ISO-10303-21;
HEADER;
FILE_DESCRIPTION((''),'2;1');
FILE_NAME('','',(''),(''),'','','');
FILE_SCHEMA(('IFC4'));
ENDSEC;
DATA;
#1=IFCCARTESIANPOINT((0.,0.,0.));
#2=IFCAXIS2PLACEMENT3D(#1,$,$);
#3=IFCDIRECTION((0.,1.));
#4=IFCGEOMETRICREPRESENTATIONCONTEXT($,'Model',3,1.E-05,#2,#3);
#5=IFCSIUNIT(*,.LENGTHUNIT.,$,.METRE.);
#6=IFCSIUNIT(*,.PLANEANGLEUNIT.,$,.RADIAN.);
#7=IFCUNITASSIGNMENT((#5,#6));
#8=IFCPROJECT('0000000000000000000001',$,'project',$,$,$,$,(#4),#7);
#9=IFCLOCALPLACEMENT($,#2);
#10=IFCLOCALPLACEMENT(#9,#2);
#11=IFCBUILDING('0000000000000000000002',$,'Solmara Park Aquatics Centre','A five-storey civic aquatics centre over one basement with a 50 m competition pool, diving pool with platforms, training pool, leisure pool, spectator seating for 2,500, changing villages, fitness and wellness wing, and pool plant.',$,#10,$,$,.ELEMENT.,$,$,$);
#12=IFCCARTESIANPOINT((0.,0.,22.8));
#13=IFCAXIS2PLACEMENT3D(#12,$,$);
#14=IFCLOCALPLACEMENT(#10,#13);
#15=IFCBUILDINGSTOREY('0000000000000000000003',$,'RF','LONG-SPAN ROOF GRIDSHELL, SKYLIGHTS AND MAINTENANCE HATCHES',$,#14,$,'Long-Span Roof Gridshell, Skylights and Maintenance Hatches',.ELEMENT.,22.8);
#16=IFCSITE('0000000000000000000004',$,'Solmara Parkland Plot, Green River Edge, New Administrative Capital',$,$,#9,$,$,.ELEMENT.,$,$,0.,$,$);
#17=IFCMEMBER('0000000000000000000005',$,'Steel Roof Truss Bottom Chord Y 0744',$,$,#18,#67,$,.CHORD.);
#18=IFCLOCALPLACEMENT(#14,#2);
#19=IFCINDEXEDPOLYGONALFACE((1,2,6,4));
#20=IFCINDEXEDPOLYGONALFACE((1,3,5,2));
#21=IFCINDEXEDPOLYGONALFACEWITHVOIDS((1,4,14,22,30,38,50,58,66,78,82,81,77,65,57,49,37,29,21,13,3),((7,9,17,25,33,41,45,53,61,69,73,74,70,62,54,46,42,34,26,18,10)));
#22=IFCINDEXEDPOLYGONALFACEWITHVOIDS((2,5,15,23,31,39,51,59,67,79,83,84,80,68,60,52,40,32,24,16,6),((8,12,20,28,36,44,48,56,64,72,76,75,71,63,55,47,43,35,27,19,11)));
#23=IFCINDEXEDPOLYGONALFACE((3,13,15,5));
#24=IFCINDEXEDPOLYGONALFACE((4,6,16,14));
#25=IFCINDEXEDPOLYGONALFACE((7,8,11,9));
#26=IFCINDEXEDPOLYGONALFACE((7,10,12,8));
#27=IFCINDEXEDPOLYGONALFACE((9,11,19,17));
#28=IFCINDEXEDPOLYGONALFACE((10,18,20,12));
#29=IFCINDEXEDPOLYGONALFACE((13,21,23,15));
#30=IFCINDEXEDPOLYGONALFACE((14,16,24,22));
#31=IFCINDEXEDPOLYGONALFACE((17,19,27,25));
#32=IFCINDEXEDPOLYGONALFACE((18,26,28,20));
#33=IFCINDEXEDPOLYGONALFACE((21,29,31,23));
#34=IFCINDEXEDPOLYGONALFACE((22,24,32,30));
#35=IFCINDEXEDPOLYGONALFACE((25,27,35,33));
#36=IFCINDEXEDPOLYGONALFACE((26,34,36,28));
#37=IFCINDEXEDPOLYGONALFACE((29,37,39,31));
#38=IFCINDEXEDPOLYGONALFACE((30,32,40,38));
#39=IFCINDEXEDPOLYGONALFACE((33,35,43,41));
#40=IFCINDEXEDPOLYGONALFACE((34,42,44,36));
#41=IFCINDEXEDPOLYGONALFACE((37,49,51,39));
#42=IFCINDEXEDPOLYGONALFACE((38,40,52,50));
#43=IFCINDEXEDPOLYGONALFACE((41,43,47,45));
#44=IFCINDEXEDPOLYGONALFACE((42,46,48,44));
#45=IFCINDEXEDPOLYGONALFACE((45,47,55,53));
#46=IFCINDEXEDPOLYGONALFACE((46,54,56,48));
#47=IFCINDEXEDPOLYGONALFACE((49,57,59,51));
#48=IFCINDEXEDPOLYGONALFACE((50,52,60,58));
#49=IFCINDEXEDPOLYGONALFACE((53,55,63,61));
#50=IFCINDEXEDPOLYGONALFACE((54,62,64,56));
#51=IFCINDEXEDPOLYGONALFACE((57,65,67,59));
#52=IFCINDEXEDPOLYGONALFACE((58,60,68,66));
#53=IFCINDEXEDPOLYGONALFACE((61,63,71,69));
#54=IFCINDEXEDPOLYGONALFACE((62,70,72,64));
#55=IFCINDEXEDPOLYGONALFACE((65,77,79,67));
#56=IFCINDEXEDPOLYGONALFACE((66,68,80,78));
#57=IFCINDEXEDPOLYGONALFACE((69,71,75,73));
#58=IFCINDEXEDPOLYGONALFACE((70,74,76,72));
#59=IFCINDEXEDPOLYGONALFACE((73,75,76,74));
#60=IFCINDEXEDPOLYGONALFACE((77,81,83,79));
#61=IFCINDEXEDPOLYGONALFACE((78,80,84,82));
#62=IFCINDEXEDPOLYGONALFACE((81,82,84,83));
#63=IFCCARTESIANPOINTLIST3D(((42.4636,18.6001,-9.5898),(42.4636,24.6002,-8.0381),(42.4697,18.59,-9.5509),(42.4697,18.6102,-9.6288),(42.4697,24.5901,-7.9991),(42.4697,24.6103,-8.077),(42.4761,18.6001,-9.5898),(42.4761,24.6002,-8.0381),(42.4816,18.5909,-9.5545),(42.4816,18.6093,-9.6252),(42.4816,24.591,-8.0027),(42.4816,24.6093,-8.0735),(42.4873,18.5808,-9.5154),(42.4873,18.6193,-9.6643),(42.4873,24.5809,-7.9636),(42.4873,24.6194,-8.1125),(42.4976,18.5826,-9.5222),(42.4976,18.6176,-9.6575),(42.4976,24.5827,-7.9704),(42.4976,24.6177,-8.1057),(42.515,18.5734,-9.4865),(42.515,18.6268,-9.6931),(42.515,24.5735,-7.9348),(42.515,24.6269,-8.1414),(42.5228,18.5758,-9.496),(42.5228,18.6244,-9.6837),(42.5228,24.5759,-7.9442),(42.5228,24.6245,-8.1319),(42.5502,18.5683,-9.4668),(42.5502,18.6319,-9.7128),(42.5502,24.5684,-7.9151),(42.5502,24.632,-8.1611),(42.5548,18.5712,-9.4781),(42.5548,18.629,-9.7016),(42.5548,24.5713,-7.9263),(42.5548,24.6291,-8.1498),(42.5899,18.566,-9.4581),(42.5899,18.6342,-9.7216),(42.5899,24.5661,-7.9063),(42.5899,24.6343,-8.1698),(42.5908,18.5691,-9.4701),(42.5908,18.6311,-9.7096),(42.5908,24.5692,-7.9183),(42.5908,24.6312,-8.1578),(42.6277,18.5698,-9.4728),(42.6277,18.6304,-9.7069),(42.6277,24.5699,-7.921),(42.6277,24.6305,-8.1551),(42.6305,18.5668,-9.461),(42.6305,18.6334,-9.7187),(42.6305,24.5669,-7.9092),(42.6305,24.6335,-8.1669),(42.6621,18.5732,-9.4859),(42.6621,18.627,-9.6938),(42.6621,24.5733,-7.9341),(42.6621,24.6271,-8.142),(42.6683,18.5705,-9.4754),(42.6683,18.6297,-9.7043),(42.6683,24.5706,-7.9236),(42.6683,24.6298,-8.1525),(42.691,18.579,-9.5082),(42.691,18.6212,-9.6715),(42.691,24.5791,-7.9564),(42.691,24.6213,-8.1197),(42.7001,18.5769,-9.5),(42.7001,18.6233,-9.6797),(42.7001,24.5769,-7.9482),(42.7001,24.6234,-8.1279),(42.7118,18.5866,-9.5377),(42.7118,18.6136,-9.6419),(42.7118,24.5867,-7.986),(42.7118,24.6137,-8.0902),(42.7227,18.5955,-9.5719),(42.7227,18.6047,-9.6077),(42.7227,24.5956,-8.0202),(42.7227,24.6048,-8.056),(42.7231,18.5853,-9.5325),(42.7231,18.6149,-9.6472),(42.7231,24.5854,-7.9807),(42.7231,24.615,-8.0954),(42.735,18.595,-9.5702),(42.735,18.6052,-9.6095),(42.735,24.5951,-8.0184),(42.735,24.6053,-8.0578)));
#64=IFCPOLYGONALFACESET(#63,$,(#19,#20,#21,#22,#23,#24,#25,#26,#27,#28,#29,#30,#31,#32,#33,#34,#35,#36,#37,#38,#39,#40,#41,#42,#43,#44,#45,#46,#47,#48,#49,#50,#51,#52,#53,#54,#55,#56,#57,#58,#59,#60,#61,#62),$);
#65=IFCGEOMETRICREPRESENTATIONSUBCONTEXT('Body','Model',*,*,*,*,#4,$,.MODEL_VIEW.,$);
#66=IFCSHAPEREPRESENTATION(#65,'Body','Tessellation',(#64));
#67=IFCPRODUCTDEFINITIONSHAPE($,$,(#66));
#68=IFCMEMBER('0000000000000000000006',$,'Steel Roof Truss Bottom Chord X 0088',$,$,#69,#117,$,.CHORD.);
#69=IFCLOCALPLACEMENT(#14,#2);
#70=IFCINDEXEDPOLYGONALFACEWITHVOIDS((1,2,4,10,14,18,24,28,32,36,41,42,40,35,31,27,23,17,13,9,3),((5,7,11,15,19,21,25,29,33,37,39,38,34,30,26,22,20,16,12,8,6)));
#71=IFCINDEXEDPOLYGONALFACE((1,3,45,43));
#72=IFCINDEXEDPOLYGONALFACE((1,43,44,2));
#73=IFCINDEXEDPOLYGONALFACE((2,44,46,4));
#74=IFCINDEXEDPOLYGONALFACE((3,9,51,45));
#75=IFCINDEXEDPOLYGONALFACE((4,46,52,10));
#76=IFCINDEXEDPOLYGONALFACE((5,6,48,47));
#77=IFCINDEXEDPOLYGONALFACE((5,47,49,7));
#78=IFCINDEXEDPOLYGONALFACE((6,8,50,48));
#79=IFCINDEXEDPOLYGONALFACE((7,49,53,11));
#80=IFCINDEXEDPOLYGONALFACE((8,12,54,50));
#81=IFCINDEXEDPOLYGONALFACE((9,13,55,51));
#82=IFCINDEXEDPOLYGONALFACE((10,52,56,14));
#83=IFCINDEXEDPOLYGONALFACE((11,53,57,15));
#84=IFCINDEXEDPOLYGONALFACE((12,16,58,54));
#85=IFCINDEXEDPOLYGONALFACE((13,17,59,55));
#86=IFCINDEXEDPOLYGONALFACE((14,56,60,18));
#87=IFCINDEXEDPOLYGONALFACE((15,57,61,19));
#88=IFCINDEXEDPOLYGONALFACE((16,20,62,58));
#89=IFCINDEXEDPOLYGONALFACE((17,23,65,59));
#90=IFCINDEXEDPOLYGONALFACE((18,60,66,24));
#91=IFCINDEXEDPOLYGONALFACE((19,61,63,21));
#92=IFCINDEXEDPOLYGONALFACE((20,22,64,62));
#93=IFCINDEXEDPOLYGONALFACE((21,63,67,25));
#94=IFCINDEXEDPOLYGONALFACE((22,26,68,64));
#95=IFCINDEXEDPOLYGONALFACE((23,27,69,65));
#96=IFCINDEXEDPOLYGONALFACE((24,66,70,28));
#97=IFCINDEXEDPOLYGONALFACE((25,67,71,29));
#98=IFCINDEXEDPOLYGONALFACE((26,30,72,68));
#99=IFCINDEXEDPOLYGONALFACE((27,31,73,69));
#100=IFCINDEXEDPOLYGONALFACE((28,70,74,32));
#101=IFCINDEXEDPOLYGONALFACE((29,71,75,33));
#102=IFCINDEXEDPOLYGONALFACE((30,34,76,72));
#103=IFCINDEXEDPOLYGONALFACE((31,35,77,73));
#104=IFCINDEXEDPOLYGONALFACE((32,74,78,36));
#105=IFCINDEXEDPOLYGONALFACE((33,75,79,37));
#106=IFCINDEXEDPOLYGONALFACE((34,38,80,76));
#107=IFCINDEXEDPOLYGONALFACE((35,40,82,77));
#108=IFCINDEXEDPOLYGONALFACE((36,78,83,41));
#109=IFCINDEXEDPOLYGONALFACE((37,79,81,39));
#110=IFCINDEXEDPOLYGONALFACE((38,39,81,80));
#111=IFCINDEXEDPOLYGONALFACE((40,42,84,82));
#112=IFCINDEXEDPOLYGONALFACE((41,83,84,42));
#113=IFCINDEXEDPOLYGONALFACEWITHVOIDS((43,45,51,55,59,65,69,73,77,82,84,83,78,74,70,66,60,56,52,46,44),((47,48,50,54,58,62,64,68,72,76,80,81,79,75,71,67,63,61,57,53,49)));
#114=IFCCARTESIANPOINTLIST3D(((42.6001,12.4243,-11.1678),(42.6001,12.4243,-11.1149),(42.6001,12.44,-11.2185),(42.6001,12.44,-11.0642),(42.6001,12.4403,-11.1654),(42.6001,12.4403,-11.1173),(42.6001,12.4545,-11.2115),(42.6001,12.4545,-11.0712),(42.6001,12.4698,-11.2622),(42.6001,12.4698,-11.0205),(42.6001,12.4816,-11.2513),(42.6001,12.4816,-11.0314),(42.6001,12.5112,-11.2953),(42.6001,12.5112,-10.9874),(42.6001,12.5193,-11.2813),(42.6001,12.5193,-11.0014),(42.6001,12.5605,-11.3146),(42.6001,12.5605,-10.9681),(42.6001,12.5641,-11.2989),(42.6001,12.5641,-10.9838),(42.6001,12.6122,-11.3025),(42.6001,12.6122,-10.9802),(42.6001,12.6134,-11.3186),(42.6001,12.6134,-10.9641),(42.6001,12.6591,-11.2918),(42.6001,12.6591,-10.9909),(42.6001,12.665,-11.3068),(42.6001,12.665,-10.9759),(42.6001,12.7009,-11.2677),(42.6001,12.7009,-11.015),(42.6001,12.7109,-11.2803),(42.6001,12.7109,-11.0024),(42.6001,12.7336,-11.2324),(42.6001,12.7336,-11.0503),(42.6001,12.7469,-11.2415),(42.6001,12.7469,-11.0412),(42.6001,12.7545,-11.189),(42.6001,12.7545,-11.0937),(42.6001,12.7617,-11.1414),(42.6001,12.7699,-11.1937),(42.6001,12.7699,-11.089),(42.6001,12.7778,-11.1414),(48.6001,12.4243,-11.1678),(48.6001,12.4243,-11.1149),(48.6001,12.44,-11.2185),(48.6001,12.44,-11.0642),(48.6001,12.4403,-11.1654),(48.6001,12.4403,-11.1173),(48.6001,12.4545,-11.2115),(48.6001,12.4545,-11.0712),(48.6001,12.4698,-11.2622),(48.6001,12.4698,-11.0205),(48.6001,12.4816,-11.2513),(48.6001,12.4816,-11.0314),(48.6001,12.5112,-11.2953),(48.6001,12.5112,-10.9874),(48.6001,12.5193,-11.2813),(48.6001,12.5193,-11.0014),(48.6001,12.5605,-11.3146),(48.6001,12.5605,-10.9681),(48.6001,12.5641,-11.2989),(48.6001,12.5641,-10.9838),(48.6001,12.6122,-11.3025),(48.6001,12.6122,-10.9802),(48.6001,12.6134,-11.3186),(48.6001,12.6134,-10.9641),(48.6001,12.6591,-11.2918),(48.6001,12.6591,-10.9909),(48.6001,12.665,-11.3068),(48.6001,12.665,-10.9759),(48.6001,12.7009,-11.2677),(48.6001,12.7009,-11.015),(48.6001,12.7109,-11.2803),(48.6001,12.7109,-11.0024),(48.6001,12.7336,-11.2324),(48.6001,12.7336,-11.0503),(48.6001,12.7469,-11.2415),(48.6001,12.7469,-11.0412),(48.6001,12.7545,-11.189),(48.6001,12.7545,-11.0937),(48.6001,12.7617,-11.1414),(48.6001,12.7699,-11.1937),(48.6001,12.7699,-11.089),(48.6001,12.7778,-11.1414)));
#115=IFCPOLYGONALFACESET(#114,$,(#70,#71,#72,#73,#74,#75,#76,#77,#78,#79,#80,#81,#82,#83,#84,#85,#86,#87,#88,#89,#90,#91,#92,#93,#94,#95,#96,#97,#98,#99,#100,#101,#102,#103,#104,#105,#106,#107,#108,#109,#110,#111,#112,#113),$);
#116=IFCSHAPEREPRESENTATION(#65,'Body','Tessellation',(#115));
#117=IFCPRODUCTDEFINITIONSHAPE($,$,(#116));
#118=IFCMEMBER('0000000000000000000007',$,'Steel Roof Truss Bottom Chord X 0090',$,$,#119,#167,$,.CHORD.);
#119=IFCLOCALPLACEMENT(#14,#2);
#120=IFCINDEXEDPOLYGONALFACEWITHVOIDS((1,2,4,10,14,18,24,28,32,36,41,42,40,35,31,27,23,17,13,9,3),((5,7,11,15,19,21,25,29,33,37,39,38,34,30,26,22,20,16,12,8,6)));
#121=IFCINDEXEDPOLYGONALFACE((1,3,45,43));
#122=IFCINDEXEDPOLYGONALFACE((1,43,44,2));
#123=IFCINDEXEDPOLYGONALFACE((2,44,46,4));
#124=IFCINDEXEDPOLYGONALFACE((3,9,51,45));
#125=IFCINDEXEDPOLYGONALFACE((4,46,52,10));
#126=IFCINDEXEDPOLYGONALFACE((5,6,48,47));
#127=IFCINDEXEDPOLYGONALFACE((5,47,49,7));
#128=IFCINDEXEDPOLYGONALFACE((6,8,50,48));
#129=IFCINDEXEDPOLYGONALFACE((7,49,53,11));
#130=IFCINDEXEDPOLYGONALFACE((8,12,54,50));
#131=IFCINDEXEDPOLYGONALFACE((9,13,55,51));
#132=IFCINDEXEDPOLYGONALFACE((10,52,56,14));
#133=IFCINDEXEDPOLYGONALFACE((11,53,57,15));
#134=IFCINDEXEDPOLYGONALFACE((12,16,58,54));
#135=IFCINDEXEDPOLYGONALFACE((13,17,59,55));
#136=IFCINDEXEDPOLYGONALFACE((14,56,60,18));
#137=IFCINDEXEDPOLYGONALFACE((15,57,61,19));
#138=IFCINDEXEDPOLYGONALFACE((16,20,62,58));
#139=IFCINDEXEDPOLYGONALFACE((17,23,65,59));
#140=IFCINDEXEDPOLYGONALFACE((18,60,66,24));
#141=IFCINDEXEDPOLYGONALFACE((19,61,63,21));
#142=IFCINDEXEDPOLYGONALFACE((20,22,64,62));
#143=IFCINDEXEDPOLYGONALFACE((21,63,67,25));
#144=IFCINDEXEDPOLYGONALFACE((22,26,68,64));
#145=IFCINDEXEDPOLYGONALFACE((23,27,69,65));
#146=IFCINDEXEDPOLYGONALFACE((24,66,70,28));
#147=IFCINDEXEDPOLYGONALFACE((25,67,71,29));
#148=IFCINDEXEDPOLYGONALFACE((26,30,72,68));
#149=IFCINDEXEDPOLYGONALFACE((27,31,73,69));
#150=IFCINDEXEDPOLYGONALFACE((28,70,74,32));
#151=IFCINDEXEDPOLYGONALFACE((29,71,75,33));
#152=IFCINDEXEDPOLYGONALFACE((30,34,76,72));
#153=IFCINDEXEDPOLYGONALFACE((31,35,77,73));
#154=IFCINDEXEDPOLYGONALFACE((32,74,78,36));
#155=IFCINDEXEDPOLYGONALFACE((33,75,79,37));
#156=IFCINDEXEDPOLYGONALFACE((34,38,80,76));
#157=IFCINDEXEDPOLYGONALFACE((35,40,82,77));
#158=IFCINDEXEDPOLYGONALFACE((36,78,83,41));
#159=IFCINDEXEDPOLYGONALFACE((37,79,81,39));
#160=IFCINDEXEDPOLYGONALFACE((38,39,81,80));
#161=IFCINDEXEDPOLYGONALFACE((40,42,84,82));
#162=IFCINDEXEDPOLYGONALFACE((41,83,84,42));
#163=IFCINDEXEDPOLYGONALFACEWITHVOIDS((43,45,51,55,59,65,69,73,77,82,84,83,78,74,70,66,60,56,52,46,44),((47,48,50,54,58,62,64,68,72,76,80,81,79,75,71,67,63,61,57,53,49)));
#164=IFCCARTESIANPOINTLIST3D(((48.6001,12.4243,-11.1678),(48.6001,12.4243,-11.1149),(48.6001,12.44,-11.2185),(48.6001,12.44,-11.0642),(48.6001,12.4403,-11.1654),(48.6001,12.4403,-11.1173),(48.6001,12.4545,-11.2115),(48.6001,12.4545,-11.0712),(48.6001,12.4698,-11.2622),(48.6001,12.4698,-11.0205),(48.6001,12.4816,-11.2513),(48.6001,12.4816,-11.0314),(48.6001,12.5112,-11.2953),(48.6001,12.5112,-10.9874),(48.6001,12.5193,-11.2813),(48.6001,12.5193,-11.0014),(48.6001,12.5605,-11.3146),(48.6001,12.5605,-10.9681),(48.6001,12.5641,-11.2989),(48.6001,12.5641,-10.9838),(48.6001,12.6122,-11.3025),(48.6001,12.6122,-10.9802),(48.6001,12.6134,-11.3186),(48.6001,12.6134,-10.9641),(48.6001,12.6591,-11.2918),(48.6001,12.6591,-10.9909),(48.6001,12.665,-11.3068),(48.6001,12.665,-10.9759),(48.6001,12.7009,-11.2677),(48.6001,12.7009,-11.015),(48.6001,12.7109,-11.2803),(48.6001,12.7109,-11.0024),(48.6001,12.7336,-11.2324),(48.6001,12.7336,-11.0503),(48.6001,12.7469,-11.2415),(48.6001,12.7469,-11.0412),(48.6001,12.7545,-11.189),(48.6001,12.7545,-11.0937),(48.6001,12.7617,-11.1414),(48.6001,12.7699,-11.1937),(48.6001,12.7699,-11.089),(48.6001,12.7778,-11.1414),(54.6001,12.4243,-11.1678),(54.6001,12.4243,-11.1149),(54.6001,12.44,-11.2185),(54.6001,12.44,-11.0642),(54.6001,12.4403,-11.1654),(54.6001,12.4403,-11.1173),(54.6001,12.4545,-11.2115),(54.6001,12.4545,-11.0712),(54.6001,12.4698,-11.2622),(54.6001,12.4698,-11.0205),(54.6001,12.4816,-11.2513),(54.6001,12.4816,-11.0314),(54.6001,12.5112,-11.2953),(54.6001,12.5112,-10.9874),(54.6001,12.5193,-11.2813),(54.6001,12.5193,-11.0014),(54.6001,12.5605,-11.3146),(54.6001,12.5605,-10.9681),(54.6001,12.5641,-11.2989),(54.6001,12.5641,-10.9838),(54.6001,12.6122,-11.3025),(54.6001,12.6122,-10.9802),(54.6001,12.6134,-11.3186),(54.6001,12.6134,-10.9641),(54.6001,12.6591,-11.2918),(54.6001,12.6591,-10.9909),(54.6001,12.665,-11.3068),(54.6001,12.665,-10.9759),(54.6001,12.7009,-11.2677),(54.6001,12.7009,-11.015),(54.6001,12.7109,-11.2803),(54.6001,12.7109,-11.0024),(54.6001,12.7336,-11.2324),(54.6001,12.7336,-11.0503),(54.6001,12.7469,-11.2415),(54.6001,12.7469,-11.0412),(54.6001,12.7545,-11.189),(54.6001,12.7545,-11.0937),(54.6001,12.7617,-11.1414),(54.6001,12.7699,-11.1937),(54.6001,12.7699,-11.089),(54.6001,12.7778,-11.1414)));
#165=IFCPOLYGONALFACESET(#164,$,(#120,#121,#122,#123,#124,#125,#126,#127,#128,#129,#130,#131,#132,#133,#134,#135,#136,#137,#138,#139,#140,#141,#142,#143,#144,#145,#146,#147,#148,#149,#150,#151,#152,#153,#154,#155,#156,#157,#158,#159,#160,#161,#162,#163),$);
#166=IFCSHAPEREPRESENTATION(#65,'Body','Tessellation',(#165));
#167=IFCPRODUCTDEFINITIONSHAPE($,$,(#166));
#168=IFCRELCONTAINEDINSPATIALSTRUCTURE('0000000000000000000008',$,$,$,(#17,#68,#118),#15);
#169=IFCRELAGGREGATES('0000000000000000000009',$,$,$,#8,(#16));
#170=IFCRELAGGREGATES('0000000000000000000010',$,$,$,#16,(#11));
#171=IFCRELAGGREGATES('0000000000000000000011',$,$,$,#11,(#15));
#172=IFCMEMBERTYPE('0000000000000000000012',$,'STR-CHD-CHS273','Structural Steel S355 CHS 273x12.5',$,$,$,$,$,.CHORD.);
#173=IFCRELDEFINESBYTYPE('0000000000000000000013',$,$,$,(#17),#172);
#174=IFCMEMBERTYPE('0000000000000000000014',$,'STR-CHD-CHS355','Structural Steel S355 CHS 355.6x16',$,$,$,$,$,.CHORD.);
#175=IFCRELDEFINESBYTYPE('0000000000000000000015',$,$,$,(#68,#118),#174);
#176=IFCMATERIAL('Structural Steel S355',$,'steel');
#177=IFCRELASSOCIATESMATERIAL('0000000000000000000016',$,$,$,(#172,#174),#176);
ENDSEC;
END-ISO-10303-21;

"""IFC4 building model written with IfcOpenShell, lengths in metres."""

from ifc_helpers import new_model, si_unit, direction, frame, origin, origin_2d, place, context, subcontext, project, spatial, hollow_circle, extrude, material, material_profile, profile_set, type_object, element, save


model = new_model("IFC4")

# Units and contexts
model_context = context("Model", 3, precision=1e-05, world=origin(), true_north=direction((0.0, 1.0)))
body_context = subcontext(model_context, "Body", "Model", "MODEL_VIEW")
ifc_project = project(units=[si_unit("LENGTHUNIT", "METRE"), si_unit("PLANEANGLEUNIT", "RADIAN")], contexts=[model_context])

# Site, building, storey
site_placement = place(None, origin())
site = spatial("IfcSite", under=ifc_project, at=site_placement, Name="Solmara Parkland Plot, Green River Edge, New Administrative Capital", CompositionType="ELEMENT", RefElevation=0.0)
building_placement = place(site_placement, origin())
building = spatial("IfcBuilding", under=site, at=building_placement, Name="Solmara Park Aquatics Centre", Description="A five-storey civic aquatics centre over one basement with a 50 m competition pool, diving pool with platforms, training pool, leisure pool, spectator seating for 2,500, changing villages, fitness and wellness wing, and pool plant.", CompositionType="ELEMENT")
storey_placement = place(building_placement, frame((0.0, 0.0, 22.8)))
storey = spatial("IfcBuildingStorey", under=building, at=storey_placement, Name="RF", Description="LONG-SPAN ROOF GRIDSHELL, SKYLIGHTS AND MAINTENANCE HATCHES", LongName="Long-Span Roof Gridshell, Skylights and Maintenance Hatches", CompositionType="ELEMENT", Elevation=22.8)

# Members
ifc_material_1 = material(Name="Structural Steel S355", Category="steel")
ifc_material_profile_1 = material_profile(ifc_material_1, hollow_circle(Radius=0.1365, WallThickness=0.0125, at=origin_2d()), Name="CHS 273x12.5")
ifc_profile_set_1 = profile_set([ifc_material_profile_1], Name="Structural Steel S355")
member_type_1 = type_object("IfcMemberType", Name="STR-CHD-CHS273", Description="Structural Steel S355 CHS 273x12.5", PredefinedType="CHORD", material=ifc_profile_set_1)
member_1_placement = place(storey_placement, frame((42.6001, 18.6001, -9.5898), z_axis=(0.0, 0.968146, 0.250388), x_axis=(-1.0, 0.0, 0.0)))
element("IfcMember", 1, at=member_1_placement, inside=storey, type_object=member_type_1, Name="Steel Roof Truss Bottom Chord Y 0744", PredefinedType="CHORD", context=body_context, shape_type="SweptSolid", body=[
    extrude(hollow_circle(Radius=0.1365, WallThickness=0.0125, at=origin_2d()), origin(), (0.0, 0.0, 1.0), 6.1975),
])
ifc_material_profile_2 = material_profile(ifc_material_1, hollow_circle(Radius=0.1777, WallThickness=0.0161, at=origin_2d()), Name="CHS 355.6x16")
ifc_profile_set_2 = profile_set([ifc_material_profile_2], Name="Structural Steel S355")
member_type_2 = type_object("IfcMemberType", Name="STR-CHD-CHS355", Description="Structural Steel S355 CHS 355.6x16", PredefinedType="CHORD", material=ifc_profile_set_2)
for number, where, z_axis, x_axis, name in (
    (2, (42.6001, 12.6001, -11.1414), (1.0, 0.0, 0.0), (0.0, 1.0, 0.0), "Steel Roof Truss Bottom Chord X 0088"),
    (3, (48.6001, 12.6001, -11.1414), (1.0, 0.0, 0.0), (0.0, 1.0, 0.0), "Steel Roof Truss Bottom Chord X 0090"),
):
    element("IfcMember", number, at=place(storey_placement, frame(where, z_axis=z_axis, x_axis=x_axis)), inside=storey, type_object=member_type_2, Name=name, PredefinedType="CHORD", context=body_context, shape_type="SweptSolid", body=[
        extrude(hollow_circle(Radius=0.1777, WallThickness=0.0161, at=origin_2d()), origin(), (0.0, 0.0, 1.0), 6.0),
    ])

save(model, "model.ifc")
